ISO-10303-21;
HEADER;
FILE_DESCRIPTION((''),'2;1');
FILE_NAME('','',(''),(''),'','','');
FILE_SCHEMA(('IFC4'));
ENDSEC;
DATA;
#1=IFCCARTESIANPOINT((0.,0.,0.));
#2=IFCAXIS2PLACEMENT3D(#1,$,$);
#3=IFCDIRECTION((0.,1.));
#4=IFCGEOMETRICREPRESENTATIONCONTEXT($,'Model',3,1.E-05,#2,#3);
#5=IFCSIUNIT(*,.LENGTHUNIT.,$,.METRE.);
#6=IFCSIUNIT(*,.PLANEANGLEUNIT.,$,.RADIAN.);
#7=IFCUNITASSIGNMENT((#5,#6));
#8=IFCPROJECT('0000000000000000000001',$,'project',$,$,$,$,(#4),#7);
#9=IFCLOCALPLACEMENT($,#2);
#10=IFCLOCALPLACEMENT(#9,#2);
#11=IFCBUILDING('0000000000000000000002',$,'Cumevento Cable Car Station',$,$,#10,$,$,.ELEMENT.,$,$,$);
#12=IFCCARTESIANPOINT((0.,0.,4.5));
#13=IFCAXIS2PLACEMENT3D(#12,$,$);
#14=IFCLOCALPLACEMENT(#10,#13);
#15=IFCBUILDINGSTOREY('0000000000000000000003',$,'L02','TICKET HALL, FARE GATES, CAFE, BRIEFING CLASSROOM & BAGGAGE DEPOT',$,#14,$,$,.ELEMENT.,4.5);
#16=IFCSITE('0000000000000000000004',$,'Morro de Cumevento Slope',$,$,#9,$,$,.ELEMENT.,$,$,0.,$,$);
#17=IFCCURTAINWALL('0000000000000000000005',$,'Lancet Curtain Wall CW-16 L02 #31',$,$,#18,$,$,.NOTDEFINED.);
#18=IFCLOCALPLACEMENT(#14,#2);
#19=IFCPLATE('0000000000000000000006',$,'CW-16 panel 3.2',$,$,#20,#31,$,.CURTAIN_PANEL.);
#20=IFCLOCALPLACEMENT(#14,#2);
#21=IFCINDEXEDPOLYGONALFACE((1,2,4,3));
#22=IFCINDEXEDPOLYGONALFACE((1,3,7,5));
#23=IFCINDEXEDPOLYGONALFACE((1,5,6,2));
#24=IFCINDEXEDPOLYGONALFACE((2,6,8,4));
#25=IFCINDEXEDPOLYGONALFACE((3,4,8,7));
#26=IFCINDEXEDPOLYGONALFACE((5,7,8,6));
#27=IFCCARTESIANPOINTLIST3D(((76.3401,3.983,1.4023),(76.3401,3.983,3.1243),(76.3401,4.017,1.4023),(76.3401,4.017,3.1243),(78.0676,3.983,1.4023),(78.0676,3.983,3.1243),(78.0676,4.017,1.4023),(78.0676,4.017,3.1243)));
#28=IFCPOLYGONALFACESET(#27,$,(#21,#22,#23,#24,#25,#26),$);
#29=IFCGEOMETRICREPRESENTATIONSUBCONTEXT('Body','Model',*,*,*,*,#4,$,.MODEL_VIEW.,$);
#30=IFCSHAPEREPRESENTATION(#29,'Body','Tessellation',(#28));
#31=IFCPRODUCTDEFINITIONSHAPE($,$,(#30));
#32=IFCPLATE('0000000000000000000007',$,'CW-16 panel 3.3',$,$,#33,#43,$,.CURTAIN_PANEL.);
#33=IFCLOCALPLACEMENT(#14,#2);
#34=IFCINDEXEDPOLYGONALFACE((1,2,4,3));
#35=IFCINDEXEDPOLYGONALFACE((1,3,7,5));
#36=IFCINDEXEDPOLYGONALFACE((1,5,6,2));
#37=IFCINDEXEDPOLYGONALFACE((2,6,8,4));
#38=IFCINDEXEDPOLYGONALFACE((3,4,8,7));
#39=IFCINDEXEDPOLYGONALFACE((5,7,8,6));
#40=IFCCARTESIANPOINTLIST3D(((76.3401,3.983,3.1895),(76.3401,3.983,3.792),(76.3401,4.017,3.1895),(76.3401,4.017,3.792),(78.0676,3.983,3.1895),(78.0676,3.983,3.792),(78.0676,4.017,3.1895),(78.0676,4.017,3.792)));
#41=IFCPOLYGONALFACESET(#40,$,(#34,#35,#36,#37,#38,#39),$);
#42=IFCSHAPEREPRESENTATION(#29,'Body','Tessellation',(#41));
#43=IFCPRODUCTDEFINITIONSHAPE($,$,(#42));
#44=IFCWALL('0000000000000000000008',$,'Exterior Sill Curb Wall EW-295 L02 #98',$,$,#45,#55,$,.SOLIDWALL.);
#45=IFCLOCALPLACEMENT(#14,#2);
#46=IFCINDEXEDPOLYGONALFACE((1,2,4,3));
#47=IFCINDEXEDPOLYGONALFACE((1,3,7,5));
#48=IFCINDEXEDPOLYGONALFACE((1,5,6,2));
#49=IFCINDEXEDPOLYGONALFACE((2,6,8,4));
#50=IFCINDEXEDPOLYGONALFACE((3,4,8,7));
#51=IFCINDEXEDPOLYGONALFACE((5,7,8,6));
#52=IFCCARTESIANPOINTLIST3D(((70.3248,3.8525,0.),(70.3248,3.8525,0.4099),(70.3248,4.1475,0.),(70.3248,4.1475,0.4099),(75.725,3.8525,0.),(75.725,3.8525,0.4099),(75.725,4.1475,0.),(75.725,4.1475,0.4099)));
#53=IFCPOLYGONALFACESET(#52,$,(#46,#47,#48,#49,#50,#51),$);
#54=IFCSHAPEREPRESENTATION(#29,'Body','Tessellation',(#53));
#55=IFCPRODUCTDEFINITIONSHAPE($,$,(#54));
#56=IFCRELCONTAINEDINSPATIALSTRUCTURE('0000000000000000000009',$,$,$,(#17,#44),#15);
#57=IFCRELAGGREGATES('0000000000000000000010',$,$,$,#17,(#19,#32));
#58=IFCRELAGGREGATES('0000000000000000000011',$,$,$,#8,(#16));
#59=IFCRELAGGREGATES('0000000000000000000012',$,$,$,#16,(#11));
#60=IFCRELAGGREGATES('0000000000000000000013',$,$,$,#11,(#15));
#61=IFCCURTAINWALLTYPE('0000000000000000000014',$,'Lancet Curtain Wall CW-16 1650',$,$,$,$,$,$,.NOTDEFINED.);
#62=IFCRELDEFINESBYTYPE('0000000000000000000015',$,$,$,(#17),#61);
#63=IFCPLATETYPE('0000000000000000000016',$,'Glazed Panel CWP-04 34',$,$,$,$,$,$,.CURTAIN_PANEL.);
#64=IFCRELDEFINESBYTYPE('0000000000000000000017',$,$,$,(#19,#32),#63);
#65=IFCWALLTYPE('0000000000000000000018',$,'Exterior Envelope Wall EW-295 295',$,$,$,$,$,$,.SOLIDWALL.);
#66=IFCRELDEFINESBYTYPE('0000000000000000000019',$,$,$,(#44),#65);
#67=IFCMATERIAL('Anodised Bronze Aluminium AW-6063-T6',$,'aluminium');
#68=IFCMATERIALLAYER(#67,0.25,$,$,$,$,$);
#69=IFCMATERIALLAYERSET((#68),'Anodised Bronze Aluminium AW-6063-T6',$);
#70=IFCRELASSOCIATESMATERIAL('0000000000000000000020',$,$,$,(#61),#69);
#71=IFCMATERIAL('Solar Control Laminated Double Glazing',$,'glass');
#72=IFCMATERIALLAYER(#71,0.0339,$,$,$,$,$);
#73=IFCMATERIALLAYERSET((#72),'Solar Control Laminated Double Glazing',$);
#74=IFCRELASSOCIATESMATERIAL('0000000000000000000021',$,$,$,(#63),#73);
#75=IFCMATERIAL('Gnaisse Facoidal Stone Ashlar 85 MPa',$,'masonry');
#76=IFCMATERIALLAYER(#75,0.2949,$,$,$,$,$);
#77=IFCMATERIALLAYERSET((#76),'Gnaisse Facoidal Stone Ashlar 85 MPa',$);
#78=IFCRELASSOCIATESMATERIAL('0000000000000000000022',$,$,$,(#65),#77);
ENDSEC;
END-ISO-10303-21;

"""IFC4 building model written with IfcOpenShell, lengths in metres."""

from ifc_helpers import new_model, si_unit, direction, frame, frame_2d, origin, origin_2d, place, context, subcontext, project, spatial, rectangle, extrude, material, layer, layer_set, type_object, element, aggregate, save


model = new_model("IFC4")

# Units and contexts
model_context = context("Model", 3, precision=1e-05, world=origin(), true_north=direction((0.0, 1.0)))
body_context = subcontext(model_context, "Body", "Model", "MODEL_VIEW")
ifc_project = project(units=[si_unit("LENGTHUNIT", "METRE"), si_unit("PLANEANGLEUNIT", "RADIAN")], contexts=[model_context])

# Site, building, storey
site_placement = place(None, origin())
site = spatial("IfcSite", under=ifc_project, at=site_placement, Name="Morro de Cumevento Slope", CompositionType="ELEMENT", RefElevation=0.0)
building_placement = place(site_placement, origin())
building = spatial("IfcBuilding", under=site, at=building_placement, Name="Cumevento Cable Car Station", CompositionType="ELEMENT")
storey_placement = place(building_placement, frame((0.0, 0.0, 4.5)))
storey = spatial("IfcBuildingStorey", under=building, at=storey_placement, Name="L02", Description="TICKET HALL, FARE GATES, CAFE, BRIEFING CLASSROOM & BAGGAGE DEPOT", CompositionType="ELEMENT", Elevation=4.5)

# Curtain wall
ifc_material_1 = material(Name="Anodised Bronze Aluminium AW-6063-T6", Category="aluminium")
ifc_layer_1 = layer(ifc_material_1, 0.25)
ifc_layer_set_1 = layer_set([ifc_layer_1], Name="Anodised Bronze Aluminium AW-6063-T6")
curtain_wall_type_1 = type_object("IfcCurtainWallType", Name="Lancet Curtain Wall CW-16 1650", PredefinedType="NOTDEFINED", material=ifc_layer_set_1)
curtain_wall_1_placement = place(storey_placement, origin())
curtain_wall_1 = element("IfcCurtainWall", 1, at=curtain_wall_1_placement, inside=storey, type_object=curtain_wall_type_1, Name="Lancet Curtain Wall CW-16 L02 #31", PredefinedType="NOTDEFINED")

# Plates
ifc_material_2 = material(Name="Solar Control Laminated Double Glazing", Category="glass")
ifc_layer_2 = layer(ifc_material_2, 0.0339)
ifc_layer_set_2 = layer_set([ifc_layer_2], Name="Solar Control Laminated Double Glazing")
plate_type_1 = type_object("IfcPlateType", Name="Glazed Panel CWP-04 34", PredefinedType="CURTAIN_PANEL", material=ifc_layer_set_2)
plate_1_placement = place(storey_placement, frame((77.2039, 4.0, 1.4023), z_axis=(0.0, 0.0, 1.0), x_axis=(-1.0, 0.0, 0.0)))
plate_1 = element("IfcPlate", 2, at=plate_1_placement, type_object=plate_type_1, Name="CW-16 panel 3.2", PredefinedType="CURTAIN_PANEL", context=body_context, shape_type="SweptSolid", body=[
    extrude(rectangle(XDim=1.7275, YDim=0.0339, at=origin_2d()), origin(), (0.0, 0.0, 1.0), 1.7219),
])
plate_2_placement = place(storey_placement, frame((77.2039, 4.0, 3.1895), z_axis=(0.0, 0.0, 1.0), x_axis=(-1.0, 0.0, 0.0)))
plate_2 = element("IfcPlate", 3, at=plate_2_placement, type_object=plate_type_1, Name="CW-16 panel 3.3", PredefinedType="CURTAIN_PANEL", context=body_context, shape_type="SweptSolid", body=[
    extrude(rectangle(XDim=1.7275, YDim=0.0339, at=origin_2d()), origin(), (0.0, 0.0, 1.0), 0.6025),
])
aggregate(curtain_wall_1, [plate_1, plate_2])

# Wall
ifc_material_3 = material(Name="Gnaisse Facoidal Stone Ashlar 85 MPa", Category="masonry")
ifc_layer_3 = layer(ifc_material_3, 0.2949)
ifc_layer_set_3 = layer_set([ifc_layer_3], Name="Gnaisse Facoidal Stone Ashlar 85 MPa")
wall_type = type_object("IfcWallType", Name="Exterior Envelope Wall EW-295 295", PredefinedType="SOLIDWALL", material=ifc_layer_set_3)
wall_placement = place(storey_placement, frame((75.7251, 4.0, 0.0), z_axis=(0.0, 0.0, 1.0), x_axis=(-1.0, 0.0, 0.0)))
element("IfcWall", 4, at=wall_placement, inside=storey, type_object=wall_type, Name="Exterior Sill Curb Wall EW-295 L02 #98", PredefinedType="SOLIDWALL", context=body_context, shape_type="SweptSolid", body=[
    extrude(rectangle(XDim=5.4001, YDim=0.2949, at=frame_2d((2.7002, 0.0))), origin(), (0.0, 0.0, 1.0), 0.4099),
])

save(model, "model.ifc")
